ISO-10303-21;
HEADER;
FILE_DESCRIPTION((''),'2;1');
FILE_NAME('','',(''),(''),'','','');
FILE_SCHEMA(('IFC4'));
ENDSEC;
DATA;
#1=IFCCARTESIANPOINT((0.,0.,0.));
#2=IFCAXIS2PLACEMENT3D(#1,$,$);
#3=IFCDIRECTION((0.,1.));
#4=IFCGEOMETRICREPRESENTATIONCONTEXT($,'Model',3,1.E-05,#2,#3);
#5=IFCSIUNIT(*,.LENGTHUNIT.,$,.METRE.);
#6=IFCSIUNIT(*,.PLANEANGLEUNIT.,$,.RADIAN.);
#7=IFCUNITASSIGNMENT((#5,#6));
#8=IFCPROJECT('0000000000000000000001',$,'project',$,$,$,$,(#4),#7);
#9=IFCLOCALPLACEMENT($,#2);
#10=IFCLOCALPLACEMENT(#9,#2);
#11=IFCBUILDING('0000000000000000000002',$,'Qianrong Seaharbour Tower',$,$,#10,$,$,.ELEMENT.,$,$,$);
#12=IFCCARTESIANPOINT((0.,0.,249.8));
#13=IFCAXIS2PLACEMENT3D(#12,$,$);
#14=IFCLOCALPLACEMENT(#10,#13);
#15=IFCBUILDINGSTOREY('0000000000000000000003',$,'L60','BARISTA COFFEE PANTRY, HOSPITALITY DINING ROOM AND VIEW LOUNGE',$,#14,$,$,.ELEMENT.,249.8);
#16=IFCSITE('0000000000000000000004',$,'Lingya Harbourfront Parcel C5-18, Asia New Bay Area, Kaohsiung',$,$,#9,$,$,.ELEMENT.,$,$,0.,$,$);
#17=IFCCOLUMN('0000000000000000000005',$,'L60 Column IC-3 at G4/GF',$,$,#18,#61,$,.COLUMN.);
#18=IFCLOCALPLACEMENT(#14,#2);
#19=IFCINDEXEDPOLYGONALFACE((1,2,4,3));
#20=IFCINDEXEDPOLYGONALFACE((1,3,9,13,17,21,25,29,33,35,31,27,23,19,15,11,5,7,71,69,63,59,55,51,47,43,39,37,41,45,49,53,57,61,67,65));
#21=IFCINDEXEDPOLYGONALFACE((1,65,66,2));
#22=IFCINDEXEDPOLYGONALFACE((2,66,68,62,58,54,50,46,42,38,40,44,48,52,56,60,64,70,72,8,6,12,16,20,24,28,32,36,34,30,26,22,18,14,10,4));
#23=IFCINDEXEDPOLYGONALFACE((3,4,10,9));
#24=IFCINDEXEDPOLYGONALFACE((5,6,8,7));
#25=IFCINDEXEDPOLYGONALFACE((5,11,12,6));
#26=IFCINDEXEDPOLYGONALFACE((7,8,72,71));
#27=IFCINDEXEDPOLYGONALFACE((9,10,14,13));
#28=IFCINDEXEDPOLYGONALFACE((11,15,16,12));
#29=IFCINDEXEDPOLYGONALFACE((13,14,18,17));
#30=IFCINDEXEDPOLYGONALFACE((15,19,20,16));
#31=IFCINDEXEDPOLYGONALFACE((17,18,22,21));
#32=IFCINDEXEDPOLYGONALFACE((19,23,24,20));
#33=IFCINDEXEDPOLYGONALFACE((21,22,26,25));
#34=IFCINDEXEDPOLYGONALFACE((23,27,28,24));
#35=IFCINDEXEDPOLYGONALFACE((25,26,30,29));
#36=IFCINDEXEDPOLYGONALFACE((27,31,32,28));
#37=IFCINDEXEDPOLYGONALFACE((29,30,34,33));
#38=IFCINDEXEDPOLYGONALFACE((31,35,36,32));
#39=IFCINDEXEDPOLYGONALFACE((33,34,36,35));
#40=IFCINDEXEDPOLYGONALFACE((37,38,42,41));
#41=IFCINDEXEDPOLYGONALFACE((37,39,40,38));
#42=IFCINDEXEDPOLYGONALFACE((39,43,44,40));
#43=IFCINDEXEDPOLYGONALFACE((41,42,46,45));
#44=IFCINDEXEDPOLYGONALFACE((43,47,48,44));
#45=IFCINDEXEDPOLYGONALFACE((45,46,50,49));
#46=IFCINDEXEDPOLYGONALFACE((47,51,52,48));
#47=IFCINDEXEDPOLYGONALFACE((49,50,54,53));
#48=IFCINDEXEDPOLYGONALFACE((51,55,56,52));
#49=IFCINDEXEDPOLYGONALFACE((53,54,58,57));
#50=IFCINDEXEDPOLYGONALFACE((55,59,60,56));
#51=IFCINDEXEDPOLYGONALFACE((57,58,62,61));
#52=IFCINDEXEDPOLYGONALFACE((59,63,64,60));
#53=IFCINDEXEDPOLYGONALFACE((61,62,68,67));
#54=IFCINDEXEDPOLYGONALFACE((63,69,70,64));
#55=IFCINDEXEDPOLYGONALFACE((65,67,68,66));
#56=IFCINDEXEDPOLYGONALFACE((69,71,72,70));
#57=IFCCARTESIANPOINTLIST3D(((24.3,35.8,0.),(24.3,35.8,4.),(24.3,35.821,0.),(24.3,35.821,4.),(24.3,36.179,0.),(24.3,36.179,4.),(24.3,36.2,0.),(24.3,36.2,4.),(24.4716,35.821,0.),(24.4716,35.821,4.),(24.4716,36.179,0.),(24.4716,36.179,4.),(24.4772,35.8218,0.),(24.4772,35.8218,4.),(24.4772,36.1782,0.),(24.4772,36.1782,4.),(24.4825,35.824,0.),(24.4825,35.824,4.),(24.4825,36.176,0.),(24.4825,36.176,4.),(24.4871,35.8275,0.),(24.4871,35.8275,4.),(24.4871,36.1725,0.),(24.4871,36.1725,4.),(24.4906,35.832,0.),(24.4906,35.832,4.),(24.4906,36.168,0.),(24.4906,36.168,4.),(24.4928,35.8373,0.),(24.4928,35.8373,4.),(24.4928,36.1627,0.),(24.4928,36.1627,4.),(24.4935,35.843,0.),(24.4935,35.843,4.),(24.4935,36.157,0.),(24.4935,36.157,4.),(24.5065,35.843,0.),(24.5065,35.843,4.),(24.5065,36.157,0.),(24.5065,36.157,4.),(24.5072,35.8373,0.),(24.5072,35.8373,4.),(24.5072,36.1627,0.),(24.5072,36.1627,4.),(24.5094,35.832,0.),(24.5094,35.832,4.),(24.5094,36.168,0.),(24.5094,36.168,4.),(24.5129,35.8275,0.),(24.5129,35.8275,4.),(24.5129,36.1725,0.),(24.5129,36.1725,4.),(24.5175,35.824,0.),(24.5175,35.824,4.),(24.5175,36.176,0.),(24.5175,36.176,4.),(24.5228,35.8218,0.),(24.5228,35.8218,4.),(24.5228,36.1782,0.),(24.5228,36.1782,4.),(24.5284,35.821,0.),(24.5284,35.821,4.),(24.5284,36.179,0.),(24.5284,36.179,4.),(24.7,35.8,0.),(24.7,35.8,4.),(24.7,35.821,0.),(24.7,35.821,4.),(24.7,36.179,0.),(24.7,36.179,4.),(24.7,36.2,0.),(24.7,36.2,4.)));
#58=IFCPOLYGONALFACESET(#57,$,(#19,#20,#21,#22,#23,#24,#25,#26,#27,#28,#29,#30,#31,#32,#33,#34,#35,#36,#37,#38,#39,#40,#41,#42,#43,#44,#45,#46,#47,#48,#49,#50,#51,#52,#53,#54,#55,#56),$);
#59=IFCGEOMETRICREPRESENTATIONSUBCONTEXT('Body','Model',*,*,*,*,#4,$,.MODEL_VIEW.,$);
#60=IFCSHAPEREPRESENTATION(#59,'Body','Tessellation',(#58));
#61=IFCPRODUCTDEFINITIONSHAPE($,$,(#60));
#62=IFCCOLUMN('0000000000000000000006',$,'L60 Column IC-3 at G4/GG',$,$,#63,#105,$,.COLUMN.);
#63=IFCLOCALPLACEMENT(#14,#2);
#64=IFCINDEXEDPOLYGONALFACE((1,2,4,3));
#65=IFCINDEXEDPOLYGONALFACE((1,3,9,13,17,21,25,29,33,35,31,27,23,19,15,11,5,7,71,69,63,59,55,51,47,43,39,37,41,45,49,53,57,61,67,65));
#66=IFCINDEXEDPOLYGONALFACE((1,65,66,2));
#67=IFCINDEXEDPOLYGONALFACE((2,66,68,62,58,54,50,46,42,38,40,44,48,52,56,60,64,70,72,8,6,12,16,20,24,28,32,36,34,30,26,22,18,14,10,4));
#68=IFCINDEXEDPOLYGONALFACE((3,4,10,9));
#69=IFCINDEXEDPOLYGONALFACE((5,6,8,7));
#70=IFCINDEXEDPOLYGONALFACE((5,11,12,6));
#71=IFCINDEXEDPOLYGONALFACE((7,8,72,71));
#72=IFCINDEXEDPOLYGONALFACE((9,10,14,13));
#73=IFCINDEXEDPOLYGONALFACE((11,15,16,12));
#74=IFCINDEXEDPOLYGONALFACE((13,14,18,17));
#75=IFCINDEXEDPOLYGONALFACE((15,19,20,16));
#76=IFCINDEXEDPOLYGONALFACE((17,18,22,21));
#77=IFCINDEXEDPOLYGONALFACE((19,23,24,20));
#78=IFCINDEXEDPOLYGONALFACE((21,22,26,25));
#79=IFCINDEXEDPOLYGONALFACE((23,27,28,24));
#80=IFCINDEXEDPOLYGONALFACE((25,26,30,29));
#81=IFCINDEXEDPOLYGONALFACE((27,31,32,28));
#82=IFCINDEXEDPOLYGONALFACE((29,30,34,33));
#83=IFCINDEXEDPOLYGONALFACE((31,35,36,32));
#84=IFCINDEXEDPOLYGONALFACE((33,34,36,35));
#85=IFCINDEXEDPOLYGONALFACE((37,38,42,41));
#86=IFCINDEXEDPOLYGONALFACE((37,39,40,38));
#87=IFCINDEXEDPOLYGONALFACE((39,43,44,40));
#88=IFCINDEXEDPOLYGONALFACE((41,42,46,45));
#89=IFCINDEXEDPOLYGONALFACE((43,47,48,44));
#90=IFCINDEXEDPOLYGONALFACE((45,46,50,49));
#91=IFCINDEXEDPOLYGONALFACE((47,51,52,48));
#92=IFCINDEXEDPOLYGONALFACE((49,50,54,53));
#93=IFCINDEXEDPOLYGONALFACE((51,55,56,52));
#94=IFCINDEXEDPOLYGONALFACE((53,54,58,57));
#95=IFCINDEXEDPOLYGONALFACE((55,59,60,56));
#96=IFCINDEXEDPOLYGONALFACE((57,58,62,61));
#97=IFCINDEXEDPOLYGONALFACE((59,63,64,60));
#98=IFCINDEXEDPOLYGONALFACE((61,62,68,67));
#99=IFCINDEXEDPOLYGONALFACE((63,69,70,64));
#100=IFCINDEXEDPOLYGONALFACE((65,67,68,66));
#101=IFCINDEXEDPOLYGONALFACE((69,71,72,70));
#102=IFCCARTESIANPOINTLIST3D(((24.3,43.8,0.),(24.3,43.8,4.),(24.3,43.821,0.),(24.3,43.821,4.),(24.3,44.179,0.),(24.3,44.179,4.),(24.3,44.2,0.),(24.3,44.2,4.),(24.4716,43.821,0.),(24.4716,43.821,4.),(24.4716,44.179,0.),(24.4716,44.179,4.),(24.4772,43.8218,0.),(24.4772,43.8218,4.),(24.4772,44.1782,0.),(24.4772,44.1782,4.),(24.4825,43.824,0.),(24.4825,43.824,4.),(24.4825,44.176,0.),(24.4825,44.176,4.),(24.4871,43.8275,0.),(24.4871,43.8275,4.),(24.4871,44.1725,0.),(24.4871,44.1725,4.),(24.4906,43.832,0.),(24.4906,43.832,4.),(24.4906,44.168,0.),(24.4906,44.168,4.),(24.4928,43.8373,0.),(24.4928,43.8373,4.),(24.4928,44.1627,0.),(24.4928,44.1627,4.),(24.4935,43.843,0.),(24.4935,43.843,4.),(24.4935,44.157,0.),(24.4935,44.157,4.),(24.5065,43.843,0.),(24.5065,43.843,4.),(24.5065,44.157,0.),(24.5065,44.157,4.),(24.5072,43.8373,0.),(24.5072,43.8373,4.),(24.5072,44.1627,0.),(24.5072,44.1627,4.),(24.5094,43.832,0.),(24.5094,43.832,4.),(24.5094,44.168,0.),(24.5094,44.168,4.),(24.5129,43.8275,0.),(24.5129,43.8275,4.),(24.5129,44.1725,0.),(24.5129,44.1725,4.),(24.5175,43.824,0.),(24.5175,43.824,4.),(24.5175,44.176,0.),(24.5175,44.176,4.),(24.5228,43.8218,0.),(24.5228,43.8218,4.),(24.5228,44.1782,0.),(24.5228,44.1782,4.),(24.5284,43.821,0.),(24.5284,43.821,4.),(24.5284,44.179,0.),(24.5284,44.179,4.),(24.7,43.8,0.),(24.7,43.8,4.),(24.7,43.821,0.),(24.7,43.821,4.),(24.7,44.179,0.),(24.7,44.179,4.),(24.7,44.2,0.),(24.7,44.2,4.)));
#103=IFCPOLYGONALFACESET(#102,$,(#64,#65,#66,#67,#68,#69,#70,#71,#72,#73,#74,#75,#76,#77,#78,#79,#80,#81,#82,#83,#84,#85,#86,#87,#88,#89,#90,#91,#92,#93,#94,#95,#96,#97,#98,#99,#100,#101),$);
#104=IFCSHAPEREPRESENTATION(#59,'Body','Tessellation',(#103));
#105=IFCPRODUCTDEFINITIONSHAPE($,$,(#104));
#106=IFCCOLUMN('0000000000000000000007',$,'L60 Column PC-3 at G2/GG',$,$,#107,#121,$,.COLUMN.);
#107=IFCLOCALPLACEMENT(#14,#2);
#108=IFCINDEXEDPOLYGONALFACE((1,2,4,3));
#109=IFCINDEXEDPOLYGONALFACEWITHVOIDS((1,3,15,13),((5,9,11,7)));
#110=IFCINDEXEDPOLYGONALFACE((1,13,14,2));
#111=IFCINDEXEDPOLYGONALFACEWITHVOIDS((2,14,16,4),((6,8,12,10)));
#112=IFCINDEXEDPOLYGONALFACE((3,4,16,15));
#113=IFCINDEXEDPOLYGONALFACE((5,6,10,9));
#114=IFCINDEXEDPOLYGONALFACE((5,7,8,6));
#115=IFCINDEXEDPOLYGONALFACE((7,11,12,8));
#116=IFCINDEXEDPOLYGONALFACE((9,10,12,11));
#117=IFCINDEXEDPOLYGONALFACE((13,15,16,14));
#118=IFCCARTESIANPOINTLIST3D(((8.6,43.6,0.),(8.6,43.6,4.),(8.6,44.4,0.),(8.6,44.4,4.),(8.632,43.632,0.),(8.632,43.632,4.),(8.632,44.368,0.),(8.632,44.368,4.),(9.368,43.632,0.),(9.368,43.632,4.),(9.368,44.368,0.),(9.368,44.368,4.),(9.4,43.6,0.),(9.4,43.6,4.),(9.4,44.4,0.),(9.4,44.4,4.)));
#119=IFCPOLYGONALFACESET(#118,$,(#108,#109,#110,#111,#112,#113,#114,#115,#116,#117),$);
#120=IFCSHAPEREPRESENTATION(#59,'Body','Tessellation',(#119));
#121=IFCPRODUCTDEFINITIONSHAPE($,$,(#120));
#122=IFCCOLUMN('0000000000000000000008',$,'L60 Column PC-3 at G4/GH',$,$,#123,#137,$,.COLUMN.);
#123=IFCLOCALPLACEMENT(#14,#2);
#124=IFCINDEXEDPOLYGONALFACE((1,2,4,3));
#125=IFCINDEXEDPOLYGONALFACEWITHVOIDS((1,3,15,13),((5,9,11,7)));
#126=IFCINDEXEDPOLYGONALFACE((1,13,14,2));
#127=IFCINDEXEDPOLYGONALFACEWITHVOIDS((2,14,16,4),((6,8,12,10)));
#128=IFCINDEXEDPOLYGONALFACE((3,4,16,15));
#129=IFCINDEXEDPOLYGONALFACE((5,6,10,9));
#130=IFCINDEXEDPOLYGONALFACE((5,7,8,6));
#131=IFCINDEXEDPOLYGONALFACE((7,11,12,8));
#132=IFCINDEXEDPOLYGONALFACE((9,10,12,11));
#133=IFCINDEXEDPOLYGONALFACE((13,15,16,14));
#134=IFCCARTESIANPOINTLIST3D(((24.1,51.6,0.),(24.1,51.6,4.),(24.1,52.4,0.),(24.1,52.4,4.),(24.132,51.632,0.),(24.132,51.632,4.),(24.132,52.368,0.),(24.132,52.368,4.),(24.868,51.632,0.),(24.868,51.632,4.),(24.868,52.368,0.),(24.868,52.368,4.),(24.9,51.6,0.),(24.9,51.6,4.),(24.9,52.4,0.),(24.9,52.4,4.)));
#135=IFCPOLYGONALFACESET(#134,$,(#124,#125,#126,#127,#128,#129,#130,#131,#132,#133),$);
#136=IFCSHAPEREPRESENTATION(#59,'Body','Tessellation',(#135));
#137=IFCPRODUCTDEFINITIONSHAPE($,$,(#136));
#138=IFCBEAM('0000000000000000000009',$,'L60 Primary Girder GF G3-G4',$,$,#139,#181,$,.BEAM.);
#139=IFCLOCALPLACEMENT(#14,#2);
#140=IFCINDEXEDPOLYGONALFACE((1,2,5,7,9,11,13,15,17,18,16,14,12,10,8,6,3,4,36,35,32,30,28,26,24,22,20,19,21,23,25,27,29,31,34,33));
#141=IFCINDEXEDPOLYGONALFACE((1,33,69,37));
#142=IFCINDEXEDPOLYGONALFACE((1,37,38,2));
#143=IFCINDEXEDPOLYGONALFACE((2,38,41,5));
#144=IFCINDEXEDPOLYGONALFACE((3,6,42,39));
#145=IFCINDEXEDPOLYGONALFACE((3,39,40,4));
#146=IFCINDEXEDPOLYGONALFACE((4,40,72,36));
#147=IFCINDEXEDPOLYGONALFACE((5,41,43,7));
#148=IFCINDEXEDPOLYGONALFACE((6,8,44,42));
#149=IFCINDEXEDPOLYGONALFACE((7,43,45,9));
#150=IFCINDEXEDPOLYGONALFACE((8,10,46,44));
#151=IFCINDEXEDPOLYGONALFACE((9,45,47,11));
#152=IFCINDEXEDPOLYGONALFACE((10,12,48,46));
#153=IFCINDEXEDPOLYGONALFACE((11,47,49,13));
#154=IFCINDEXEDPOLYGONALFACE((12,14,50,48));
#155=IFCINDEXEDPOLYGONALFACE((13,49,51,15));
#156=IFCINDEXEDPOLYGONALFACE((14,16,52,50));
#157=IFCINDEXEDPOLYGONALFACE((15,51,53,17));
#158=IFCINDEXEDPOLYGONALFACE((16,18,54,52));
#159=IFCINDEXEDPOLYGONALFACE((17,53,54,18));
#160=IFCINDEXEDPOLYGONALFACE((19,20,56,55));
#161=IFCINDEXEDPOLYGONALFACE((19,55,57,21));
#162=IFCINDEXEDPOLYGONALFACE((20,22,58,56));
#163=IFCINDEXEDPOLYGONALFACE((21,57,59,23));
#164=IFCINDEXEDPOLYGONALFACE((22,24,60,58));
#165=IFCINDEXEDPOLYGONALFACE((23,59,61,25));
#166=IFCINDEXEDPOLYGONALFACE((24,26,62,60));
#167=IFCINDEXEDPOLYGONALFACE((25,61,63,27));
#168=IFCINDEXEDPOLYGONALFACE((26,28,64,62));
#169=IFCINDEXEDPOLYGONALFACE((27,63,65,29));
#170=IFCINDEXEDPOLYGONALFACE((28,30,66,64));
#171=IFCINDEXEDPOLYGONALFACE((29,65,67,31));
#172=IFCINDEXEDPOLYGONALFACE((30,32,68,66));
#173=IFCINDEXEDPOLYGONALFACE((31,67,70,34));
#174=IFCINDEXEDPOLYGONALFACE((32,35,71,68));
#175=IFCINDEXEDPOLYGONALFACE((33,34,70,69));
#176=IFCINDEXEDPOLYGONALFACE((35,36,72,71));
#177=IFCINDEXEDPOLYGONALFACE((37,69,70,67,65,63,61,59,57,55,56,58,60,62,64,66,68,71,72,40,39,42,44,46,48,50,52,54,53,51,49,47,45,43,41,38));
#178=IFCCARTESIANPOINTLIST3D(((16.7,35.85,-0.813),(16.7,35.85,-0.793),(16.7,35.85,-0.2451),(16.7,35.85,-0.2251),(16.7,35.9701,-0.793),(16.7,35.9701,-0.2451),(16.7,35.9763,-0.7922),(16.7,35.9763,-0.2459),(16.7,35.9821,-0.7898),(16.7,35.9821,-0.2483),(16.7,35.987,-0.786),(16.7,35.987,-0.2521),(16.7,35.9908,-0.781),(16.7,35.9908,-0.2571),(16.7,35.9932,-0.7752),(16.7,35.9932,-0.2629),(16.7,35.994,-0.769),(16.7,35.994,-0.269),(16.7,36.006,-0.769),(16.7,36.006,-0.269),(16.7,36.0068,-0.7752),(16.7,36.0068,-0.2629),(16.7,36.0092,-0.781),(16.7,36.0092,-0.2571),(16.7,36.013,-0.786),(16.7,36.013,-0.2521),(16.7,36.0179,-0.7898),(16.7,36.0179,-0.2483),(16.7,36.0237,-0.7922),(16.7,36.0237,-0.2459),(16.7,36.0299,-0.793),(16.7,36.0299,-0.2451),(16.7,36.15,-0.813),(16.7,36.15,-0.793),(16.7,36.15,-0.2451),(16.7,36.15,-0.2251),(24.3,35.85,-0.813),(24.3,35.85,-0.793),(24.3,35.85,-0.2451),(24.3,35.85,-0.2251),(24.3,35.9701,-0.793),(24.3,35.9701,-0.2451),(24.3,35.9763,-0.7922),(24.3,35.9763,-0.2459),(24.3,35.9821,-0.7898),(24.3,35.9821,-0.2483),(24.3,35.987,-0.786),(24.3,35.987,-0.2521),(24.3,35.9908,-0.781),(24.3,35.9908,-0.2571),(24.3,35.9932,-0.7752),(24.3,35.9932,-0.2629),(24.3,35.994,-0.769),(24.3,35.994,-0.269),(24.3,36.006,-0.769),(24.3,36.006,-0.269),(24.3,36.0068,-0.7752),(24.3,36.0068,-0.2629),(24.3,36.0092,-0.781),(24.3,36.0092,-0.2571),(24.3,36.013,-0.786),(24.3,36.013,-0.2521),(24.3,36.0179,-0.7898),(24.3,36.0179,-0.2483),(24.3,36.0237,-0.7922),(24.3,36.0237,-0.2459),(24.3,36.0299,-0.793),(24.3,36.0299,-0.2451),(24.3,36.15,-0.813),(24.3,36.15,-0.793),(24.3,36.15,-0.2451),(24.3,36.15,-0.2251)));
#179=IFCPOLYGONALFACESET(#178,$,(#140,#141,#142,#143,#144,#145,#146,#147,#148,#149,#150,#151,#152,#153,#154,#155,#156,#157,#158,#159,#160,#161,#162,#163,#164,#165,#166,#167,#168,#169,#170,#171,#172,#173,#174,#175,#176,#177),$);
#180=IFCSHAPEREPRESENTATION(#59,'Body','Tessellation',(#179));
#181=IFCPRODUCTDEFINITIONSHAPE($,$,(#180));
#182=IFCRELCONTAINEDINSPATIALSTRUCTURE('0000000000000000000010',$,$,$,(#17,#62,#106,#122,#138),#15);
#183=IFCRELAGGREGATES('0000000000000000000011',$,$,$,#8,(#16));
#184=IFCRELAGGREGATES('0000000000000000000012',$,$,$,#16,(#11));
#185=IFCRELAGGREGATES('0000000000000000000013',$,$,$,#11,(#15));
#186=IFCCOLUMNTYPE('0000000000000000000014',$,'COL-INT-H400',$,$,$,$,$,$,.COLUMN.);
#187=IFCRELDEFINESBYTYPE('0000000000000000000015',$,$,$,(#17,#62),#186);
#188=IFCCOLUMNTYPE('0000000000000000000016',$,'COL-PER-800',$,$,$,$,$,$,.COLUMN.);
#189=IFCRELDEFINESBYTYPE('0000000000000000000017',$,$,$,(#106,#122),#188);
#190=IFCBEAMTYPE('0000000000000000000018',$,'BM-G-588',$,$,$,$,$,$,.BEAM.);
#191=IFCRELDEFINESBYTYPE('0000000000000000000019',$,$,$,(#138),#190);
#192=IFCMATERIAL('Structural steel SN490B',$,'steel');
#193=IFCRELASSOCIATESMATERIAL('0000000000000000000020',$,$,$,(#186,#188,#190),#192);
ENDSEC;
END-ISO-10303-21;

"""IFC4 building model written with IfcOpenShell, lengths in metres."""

from ifc_helpers import new_model, si_unit, direction, frame, origin, origin_2d, place, context, subcontext, project, spatial, hollow_rectangle, i_section, extrude, material, material_profile, profile_set, type_object, element, save


model = new_model("IFC4")

# Units and contexts
model_context = context("Model", 3, precision=1e-05, world=origin(), true_north=direction((0.0, 1.0)))
body_context = subcontext(model_context, "Body", "Model", "MODEL_VIEW")
ifc_project = project(units=[si_unit("LENGTHUNIT", "METRE"), si_unit("PLANEANGLEUNIT", "RADIAN")], contexts=[model_context])

# Site, building, storey
site_placement = place(None, origin())
site = spatial("IfcSite", under=ifc_project, at=site_placement, Name="Lingya Harbourfront Parcel C5-18, Asia New Bay Area, Kaohsiung", CompositionType="ELEMENT", RefElevation=0.0)
building_placement = place(site_placement, origin())
building = spatial("IfcBuilding", under=site, at=building_placement, Name="Qianrong Seaharbour Tower", CompositionType="ELEMENT")
storey_placement = place(building_placement, frame((0.0, 0.0, 249.8)))
storey = spatial("IfcBuildingStorey", under=building, at=storey_placement, Name="L60", Description="BARISTA COFFEE PANTRY, HOSPITALITY DINING ROOM AND VIEW LOUNGE", CompositionType="ELEMENT", Elevation=249.8)

# Columns
ifc_material_1 = material(Name="Structural steel SN490B", Category="steel")
ifc_material_profile_1 = material_profile(ifc_material_1, i_section(OverallWidth=0.3999, OverallDepth=0.3999, WebThickness=0.0129, FlangeThickness=0.021, FilletRadius=0.022, at=origin_2d()), Name="H400x400x13x21")
ifc_profile_set_1 = profile_set([ifc_material_profile_1], Name="Structural steel SN490B")
column_type_1 = type_object("IfcColumnType", Name="COL-INT-H400", PredefinedType="COLUMN", material=ifc_profile_set_1)
for number, where, z_axis, x_axis, name in (
    (1, (24.5, 36.0, 0.0), (0.0, 0.0, 1.0), (1.0, 0.0, 0.0), "L60 Column IC-3 at G4/GF"),
    (2, (24.5, 44.0, 0.0), (0.0, 0.0, 1.0), (1.0, 0.0, 0.0), "L60 Column IC-3 at G4/GG"),
):
    element("IfcColumn", number, at=place(storey_placement, frame(where, z_axis=z_axis, x_axis=x_axis)), inside=storey, type_object=column_type_1, Name=name, PredefinedType="COLUMN", context=body_context, shape_type="SweptSolid", body=[
        extrude(i_section(OverallWidth=0.3999, OverallDepth=0.3999, WebThickness=0.0129, FlangeThickness=0.021, FilletRadius=0.022, at=origin_2d()), origin(), (0.0, 0.0, 1.0), 4.0),
    ])
ifc_material_profile_2 = material_profile(ifc_material_1, hollow_rectangle(XDim=0.8, YDim=0.8, WallThickness=0.032, at=origin_2d()), Name="BOX800x800x32")
ifc_profile_set_2 = profile_set([ifc_material_profile_2], Name="Structural steel SN490B")
column_type_2 = type_object("IfcColumnType", Name="COL-PER-800", PredefinedType="COLUMN", material=ifc_profile_set_2)
for number, where, z_axis, x_axis, name in (
    (3, (9.0, 44.0, 0.0), (0.0, 0.0, 1.0), (1.0, 0.0, 0.0), "L60 Column PC-3 at G2/GG"),
    (4, (24.5, 52.0, 0.0), (0.0, 0.0, 1.0), (1.0, 0.0, 0.0), "L60 Column PC-3 at G4/GH"),
):
    element("IfcColumn", number, at=place(storey_placement, frame(where, z_axis=z_axis, x_axis=x_axis)), inside=storey, type_object=column_type_2, Name=name, PredefinedType="COLUMN", context=body_context, shape_type="SweptSolid", body=[
        extrude(hollow_rectangle(XDim=0.8, YDim=0.8, WallThickness=0.032, at=origin_2d()), origin(), (0.0, 0.0, 1.0), 4.0),
    ])

# Beam
ifc_material_profile_3 = material_profile(ifc_material_1, i_section(OverallWidth=0.3, OverallDepth=0.5879, WebThickness=0.012, FlangeThickness=0.02, FilletRadius=0.0239, at=origin_2d()), Name="H588x300x12x20")
ifc_profile_set_3 = profile_set([ifc_material_profile_3], Name="Structural steel SN490B")
beam_type_1 = type_object("IfcBeamType", Name="BM-G-588", PredefinedType="BEAM", material=ifc_profile_set_3)
beam_1_placement = place(storey_placement, frame((16.7, 36.0, -0.519), z_axis=(1.0, 0.0, 0.0), x_axis=(0.0, 1.0, 0.0)))
element("IfcBeam", 5, at=beam_1_placement, inside=storey, type_object=beam_type_1, Name="L60 Primary Girder GF G3-G4", PredefinedType="BEAM", context=body_context, shape_type="SweptSolid", body=[
    extrude(i_section(OverallWidth=0.3, OverallDepth=0.5879, WebThickness=0.012, FlangeThickness=0.02, FilletRadius=0.0239, at=origin_2d()), origin(), (0.0, 0.0, 1.0), 7.6001),
])

save(model, "model.ifc")
